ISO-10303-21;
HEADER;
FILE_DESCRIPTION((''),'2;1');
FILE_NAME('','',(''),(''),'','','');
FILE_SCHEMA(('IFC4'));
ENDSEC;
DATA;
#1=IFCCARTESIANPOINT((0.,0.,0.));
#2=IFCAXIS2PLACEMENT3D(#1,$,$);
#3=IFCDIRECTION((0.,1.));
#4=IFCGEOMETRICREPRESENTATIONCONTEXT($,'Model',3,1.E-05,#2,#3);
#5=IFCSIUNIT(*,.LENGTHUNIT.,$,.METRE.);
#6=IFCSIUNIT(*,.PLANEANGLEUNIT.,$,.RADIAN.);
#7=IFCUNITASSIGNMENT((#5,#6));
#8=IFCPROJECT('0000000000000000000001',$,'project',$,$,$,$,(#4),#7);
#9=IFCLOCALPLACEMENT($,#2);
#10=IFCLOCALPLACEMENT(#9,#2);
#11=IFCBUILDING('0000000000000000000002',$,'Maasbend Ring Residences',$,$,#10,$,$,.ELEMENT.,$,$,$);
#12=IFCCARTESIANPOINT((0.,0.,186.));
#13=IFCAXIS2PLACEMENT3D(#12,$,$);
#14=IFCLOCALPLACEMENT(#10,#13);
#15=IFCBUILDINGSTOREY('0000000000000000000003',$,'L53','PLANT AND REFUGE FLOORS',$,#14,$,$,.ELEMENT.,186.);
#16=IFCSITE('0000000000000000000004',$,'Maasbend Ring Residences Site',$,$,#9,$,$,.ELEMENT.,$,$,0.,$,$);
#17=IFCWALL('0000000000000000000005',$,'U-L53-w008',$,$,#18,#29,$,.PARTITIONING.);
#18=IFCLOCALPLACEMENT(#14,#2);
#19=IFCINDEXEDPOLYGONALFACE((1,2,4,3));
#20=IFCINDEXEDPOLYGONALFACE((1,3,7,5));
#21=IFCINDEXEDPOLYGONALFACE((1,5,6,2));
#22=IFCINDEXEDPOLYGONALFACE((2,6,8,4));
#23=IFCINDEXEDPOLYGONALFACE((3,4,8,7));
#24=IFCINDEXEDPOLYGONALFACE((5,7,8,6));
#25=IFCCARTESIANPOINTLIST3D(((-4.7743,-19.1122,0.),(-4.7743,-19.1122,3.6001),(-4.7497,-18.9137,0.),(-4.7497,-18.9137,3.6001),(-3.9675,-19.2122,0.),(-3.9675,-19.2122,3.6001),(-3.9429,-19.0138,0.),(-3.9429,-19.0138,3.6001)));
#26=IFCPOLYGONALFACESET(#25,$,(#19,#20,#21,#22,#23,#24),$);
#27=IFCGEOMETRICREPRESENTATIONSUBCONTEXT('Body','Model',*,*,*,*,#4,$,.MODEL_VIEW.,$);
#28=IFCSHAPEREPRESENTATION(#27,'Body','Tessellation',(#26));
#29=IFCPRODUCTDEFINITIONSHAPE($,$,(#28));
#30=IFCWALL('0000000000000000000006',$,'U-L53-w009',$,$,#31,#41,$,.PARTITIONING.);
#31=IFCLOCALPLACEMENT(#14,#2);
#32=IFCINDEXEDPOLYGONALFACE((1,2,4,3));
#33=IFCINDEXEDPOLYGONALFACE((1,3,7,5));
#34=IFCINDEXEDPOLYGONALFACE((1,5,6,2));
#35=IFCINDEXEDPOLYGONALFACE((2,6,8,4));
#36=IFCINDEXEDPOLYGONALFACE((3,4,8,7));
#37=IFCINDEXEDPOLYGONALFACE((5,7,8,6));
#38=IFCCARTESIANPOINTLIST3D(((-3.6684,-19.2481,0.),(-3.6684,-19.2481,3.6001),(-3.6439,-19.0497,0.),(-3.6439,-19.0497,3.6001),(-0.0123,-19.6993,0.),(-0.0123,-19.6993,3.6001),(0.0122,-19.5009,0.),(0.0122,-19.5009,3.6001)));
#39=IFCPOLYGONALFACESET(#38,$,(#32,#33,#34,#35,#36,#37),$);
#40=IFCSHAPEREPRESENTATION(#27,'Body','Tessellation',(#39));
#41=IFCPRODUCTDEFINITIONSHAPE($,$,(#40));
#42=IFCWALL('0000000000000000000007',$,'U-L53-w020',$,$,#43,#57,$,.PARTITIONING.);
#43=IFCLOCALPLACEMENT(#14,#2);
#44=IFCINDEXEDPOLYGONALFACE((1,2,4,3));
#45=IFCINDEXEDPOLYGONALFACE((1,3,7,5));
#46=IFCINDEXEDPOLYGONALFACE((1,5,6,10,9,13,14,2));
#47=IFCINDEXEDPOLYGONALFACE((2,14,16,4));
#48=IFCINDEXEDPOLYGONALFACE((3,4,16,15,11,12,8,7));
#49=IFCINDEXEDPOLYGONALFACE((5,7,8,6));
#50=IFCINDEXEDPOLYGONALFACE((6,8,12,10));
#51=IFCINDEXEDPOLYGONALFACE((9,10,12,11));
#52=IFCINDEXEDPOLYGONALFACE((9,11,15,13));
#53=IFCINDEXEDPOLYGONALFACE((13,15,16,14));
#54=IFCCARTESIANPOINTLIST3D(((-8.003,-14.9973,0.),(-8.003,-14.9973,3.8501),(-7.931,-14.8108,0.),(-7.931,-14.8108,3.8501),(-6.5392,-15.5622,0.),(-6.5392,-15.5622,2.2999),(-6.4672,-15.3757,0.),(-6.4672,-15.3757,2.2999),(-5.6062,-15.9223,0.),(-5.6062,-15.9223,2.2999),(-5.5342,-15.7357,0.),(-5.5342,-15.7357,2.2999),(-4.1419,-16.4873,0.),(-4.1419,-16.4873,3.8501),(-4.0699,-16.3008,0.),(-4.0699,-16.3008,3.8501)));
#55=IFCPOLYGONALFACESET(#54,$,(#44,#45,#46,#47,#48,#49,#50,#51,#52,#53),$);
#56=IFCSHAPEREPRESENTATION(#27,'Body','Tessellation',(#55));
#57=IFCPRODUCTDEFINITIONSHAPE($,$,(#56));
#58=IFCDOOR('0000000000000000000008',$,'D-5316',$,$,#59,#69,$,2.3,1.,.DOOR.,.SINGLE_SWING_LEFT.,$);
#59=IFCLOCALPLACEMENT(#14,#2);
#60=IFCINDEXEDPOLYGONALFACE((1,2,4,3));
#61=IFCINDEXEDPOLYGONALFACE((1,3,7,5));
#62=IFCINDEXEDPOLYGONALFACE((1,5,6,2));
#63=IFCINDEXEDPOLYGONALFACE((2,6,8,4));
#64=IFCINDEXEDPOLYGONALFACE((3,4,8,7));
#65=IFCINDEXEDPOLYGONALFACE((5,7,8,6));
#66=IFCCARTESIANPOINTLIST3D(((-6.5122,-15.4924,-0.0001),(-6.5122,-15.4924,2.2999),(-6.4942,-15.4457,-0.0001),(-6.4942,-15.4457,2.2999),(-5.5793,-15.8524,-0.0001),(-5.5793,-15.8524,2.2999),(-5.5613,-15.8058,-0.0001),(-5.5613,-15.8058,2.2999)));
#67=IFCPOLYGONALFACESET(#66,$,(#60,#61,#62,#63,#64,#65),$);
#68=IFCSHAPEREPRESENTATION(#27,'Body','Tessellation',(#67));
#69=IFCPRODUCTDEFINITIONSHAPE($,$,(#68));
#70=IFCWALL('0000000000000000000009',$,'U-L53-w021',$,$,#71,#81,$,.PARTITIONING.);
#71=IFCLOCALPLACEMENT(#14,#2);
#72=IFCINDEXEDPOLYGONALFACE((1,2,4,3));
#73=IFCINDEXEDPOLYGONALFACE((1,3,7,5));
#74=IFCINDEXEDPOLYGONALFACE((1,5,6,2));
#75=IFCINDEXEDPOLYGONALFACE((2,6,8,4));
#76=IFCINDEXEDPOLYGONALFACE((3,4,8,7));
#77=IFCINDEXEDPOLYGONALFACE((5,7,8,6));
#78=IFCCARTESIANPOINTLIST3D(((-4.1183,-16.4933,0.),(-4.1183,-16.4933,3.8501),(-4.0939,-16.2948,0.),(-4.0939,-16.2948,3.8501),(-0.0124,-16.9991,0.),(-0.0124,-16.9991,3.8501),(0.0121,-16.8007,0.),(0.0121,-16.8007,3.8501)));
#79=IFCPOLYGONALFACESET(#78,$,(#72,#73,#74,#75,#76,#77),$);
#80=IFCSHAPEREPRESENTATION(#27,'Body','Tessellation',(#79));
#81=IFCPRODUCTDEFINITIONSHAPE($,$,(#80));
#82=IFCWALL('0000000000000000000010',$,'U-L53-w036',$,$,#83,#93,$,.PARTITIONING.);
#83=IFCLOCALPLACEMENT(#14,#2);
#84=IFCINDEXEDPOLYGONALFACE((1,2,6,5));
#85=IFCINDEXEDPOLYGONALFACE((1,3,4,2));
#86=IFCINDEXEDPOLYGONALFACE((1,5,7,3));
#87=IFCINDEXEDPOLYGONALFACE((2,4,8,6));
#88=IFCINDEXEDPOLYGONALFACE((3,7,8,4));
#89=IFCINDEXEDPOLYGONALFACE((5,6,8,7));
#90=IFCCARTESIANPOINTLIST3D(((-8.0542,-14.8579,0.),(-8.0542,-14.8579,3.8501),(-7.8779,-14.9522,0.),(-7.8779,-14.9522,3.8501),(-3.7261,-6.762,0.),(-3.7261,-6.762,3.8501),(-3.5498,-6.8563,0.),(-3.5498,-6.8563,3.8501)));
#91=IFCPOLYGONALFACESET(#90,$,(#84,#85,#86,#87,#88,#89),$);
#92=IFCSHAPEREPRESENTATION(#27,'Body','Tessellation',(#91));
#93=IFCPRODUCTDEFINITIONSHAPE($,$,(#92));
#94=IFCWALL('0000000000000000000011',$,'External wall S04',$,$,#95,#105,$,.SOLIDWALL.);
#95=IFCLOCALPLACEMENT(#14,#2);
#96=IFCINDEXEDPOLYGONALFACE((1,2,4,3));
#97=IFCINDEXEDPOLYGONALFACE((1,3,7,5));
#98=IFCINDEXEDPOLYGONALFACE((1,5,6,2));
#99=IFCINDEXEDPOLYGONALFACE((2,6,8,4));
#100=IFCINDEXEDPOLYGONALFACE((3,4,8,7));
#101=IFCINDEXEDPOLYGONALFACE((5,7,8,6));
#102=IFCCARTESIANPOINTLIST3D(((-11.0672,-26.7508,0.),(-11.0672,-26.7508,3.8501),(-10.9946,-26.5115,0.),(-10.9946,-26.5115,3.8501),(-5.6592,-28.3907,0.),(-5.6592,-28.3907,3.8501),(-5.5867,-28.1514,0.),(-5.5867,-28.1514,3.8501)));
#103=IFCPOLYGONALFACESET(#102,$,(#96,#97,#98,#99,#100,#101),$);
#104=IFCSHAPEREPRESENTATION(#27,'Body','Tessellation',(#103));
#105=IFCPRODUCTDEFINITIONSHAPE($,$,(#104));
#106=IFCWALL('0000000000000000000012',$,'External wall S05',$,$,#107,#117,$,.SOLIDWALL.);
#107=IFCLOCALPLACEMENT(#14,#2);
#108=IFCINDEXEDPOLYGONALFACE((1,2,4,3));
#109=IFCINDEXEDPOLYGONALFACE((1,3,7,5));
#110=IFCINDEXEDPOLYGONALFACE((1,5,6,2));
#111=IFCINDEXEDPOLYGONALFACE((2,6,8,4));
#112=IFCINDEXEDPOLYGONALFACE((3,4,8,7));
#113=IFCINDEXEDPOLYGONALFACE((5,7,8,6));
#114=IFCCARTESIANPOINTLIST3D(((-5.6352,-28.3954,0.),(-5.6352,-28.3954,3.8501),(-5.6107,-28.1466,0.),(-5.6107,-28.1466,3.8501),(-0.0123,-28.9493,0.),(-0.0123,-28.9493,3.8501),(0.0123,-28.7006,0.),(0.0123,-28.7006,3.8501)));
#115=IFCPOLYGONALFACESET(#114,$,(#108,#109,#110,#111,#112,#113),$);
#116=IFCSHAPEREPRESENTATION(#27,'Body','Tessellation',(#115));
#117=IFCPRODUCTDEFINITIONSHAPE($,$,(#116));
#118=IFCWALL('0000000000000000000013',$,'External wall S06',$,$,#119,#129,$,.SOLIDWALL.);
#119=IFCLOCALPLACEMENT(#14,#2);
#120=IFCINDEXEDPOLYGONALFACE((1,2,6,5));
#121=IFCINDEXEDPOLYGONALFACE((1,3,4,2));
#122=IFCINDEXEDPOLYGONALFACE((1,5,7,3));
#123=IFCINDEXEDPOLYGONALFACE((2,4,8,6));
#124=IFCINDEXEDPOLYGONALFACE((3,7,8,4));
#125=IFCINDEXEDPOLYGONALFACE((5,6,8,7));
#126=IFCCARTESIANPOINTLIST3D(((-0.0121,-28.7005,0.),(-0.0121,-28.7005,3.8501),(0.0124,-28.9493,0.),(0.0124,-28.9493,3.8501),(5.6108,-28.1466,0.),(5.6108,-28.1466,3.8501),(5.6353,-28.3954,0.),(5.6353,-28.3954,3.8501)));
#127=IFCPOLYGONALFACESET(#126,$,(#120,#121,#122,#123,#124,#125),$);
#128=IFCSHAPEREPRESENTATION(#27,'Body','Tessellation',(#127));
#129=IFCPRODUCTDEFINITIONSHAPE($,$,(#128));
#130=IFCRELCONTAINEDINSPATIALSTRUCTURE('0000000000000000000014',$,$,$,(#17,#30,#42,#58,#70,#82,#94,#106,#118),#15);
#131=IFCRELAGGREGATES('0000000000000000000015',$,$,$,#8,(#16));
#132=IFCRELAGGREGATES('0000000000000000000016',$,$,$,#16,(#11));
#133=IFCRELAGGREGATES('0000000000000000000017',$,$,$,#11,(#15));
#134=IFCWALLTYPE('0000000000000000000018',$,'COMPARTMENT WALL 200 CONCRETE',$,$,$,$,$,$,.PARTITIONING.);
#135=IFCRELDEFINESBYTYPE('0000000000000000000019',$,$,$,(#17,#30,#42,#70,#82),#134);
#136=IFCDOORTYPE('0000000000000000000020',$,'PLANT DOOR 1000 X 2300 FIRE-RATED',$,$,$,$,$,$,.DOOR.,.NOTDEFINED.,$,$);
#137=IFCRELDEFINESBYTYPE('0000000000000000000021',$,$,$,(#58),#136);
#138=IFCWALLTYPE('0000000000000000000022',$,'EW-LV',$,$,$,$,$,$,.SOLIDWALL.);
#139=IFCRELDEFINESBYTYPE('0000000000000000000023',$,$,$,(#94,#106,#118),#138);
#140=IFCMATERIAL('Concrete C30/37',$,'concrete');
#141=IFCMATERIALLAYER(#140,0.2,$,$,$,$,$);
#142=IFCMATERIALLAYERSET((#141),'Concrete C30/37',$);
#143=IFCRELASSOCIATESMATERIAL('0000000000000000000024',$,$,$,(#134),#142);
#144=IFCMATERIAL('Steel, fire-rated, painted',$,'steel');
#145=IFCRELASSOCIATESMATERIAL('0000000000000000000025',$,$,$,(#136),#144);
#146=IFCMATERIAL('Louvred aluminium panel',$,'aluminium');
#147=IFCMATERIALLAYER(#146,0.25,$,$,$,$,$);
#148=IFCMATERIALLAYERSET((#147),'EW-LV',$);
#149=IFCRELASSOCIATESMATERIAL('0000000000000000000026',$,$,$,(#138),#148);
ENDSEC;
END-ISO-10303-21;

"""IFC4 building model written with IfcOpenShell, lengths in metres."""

from ifc_helpers import new_model, si_unit, direction, frame, frame_2d, origin, place, context, subcontext, project, spatial, rectangle, extrude, material, layer, layer_set, type_object, element, fill, save


model = new_model("IFC4")

# Units and contexts
model_context = context("Model", 3, precision=1e-05, world=origin(), true_north=direction((0.0, 1.0)))
body_context = subcontext(model_context, "Body", "Model", "MODEL_VIEW")
ifc_project = project(units=[si_unit("LENGTHUNIT", "METRE"), si_unit("PLANEANGLEUNIT", "RADIAN")], contexts=[model_context])

# Site, building, storey
site_placement = place(None, origin())
site = spatial("IfcSite", under=ifc_project, at=site_placement, Name="Maasbend Ring Residences Site", CompositionType="ELEMENT", RefElevation=0.0)
building_placement = place(site_placement, origin())
building = spatial("IfcBuilding", under=site, at=building_placement, Name="Maasbend Ring Residences", CompositionType="ELEMENT")
storey_placement = place(building_placement, frame((0.0, 0.0, 186.0)))
storey = spatial("IfcBuildingStorey", under=building, at=storey_placement, Name="L53", Description="PLANT AND REFUGE FLOORS", CompositionType="ELEMENT", Elevation=186.0)

# Shared definitions
ifc_material_1 = material(Name="Concrete C30/37", Category="concrete")
ifc_layer_1 = layer(ifc_material_1, 0.2)
ifc_layer_set_1 = layer_set([ifc_layer_1], Name="Concrete C30/37")
wall_type_1 = type_object("IfcWallType", Name="COMPARTMENT WALL 200 CONCRETE", PredefinedType="PARTITIONING", material=ifc_layer_set_1)

# Shared definitions
ifc_material_2 = material(Name="Steel, fire-rated, painted", Category="steel")
door_type = type_object("IfcDoorType", Name="PLANT DOOR 1000 X 2300 FIRE-RATED", OperationType="NOTDEFINED", PredefinedType="DOOR", material=ifc_material_2)

# Walls
wall_1_placement = place(storey_placement, frame((-4.762, -19.0129, 0.0), z_axis=(0.0, 0.0, 1.0), x_axis=(0.992393, -0.123111, 0.0)))
element("IfcWall", 1, at=wall_1_placement, inside=storey, type_object=wall_type_1, Name="U-L53-w008", PredefinedType="PARTITIONING", context=body_context, shape_type="SweptSolid", body=[
    extrude(rectangle(XDim=0.813, YDim=0.2, at=frame_2d((0.4065, 0.0))), origin(), (0.0, 0.0, 1.0), 3.6001),
])
wall_2_placement = place(storey_placement, frame((-3.656, -19.1489, 0.0), z_axis=(0.0, 0.0, 1.0), x_axis=(0.992471, -0.122477, 0.0)))
element("IfcWall", 2, at=wall_2_placement, inside=storey, type_object=wall_type_1, Name="U-L53-w009", PredefinedType="PARTITIONING", context=body_context, shape_type="SweptSolid", body=[
    extrude(rectangle(XDim=3.6838, YDim=0.2, at=frame_2d((1.8418, 0.0))), origin(), (0.0, 0.0, 1.0), 3.6001),
])

# Wall, opening, door
wall_3_placement = place(storey_placement, frame((-7.967, -14.9041, 0.0), z_axis=(0.0, 0.0, 1.0), x_axis=(0.932944, -0.360022, 0.0)))
wall_3 = element("IfcWall", 3, at=wall_3_placement, inside=storey, type_object=wall_type_1, Name="U-L53-w020", PredefinedType="PARTITIONING", context=body_context, shape_type="SweptSolid", body=[
    extrude(rectangle(XDim=4.1387, YDim=0.2, at=frame_2d((2.0693, 0.0))), origin(), (0.0, 0.0, 1.0), 3.8501),
])
opening_1_placement = place(wall_3_placement, frame((1.5691, 0.0, 0.0)))
opening_1 = element("IfcOpeningElement", 4, at=opening_1_placement, cuts=wall_3, PredefinedType="OPENING", context=body_context, shape_type="SweptSolid", body=[
    extrude(rectangle(XDim=1.0, YDim=2.3, at=frame_2d((0.5, 1.1499))), frame((0.0, 0.1099, 0.0), z_axis=(0.0, -1.0, 0.0), x_axis=(1.0, 0.0, 0.0)), (0.0, 0.0, 1.0), 0.22),
])
door_1_placement = place(opening_1_placement, origin())
door_1 = element("IfcDoor", 5, at=door_1_placement, inside=storey, type_object=door_type, Name="D-5316", OperationType="SINGLE_SWING_LEFT", OverallHeight=2.3, OverallWidth=1.0, PredefinedType="DOOR", context=body_context, shape_type="SweptSolid", body=[
    extrude(rectangle(XDim=1.0, YDim=2.3, at=frame_2d((0.5, 1.1499))), frame((0.0, 0.0249, 0.0), z_axis=(0.0, -1.0, 0.0), x_axis=(1.0, 0.0, 0.0)), (0.0, 0.0, 1.0), 0.05),
])
fill(opening_1, door_1)

# Walls
wall_4_placement = place(storey_placement, frame((-4.106, -16.394, 0.0), z_axis=(0.0, 0.0, 1.0), x_axis=(0.992496, -0.122277, 0.0)))
element("IfcWall", 6, at=wall_4_placement, inside=storey, type_object=wall_type_1, Name="U-L53-w021", PredefinedType="PARTITIONING", context=body_context, shape_type="SweptSolid", body=[
    extrude(rectangle(XDim=4.137, YDim=0.2, at=frame_2d((2.0684, 0.0))), origin(), (0.0, 0.0, 1.0), 3.8501),
])
wall_5_placement = place(storey_placement, frame((-7.9661, -14.905, 0.0), z_axis=(0.0, 0.0, 1.0), x_axis=(0.47146, 0.881887, 0.0)))
element("IfcWall", 7, at=wall_5_placement, inside=storey, type_object=wall_type_1, Name="U-L53-w036", PredefinedType="PARTITIONING", context=body_context, shape_type="SweptSolid", body=[
    extrude(rectangle(XDim=9.1802, YDim=0.2, at=frame_2d((4.5901, 0.0))), origin(), (0.0, 0.0, 1.0), 3.8501),
])
ifc_material_3 = material(Name="Louvred aluminium panel", Category="aluminium")
ifc_layer_2 = layer(ifc_material_3, 0.25)
ifc_layer_set_2 = layer_set([ifc_layer_2], Name="EW-LV")
wall_type_2 = type_object("IfcWallType", Name="EW-LV", PredefinedType="SOLIDWALL", material=ifc_layer_set_2)
wall_6_placement = place(storey_placement, frame((-11.031, -26.6311, 0.0), z_axis=(0.0, 0.0, 1.0), x_axis=(0.95697, -0.290188, 0.0)))
element("IfcWall", 8, at=wall_6_placement, inside=storey, type_object=wall_type_2, Name="External wall S04", PredefinedType="SOLIDWALL", context=body_context, shape_type="SweptSolid", body=[
    extrude(rectangle(XDim=5.6511, YDim=0.25, at=frame_2d((2.8257, 0.0))), origin(), (0.0, 0.0, 1.0), 3.8501),
])
for number, where, z_axis, x_axis, name in (
    (9, (-5.623, -28.271, 0.0), (0.0, 0.0, 1.0), (0.995182, -0.098041, 0.0), "External wall S05"),
    (10, (0.0, -28.825, 0.0), (0.0, 0.0, 1.0), (0.995182, 0.098041, 0.0), "External wall S06"),
):
    element("IfcWall", number, at=place(storey_placement, frame(where, z_axis=z_axis, x_axis=x_axis)), inside=storey, type_object=wall_type_2, Name=name, PredefinedType="SOLIDWALL", context=body_context, shape_type="SweptSolid", body=[
        extrude(rectangle(XDim=5.6501, YDim=0.25, at=frame_2d((2.8252, 0.0))), origin(), (0.0, 0.0, 1.0), 3.8501),
    ])

save(model, "model.ifc")
